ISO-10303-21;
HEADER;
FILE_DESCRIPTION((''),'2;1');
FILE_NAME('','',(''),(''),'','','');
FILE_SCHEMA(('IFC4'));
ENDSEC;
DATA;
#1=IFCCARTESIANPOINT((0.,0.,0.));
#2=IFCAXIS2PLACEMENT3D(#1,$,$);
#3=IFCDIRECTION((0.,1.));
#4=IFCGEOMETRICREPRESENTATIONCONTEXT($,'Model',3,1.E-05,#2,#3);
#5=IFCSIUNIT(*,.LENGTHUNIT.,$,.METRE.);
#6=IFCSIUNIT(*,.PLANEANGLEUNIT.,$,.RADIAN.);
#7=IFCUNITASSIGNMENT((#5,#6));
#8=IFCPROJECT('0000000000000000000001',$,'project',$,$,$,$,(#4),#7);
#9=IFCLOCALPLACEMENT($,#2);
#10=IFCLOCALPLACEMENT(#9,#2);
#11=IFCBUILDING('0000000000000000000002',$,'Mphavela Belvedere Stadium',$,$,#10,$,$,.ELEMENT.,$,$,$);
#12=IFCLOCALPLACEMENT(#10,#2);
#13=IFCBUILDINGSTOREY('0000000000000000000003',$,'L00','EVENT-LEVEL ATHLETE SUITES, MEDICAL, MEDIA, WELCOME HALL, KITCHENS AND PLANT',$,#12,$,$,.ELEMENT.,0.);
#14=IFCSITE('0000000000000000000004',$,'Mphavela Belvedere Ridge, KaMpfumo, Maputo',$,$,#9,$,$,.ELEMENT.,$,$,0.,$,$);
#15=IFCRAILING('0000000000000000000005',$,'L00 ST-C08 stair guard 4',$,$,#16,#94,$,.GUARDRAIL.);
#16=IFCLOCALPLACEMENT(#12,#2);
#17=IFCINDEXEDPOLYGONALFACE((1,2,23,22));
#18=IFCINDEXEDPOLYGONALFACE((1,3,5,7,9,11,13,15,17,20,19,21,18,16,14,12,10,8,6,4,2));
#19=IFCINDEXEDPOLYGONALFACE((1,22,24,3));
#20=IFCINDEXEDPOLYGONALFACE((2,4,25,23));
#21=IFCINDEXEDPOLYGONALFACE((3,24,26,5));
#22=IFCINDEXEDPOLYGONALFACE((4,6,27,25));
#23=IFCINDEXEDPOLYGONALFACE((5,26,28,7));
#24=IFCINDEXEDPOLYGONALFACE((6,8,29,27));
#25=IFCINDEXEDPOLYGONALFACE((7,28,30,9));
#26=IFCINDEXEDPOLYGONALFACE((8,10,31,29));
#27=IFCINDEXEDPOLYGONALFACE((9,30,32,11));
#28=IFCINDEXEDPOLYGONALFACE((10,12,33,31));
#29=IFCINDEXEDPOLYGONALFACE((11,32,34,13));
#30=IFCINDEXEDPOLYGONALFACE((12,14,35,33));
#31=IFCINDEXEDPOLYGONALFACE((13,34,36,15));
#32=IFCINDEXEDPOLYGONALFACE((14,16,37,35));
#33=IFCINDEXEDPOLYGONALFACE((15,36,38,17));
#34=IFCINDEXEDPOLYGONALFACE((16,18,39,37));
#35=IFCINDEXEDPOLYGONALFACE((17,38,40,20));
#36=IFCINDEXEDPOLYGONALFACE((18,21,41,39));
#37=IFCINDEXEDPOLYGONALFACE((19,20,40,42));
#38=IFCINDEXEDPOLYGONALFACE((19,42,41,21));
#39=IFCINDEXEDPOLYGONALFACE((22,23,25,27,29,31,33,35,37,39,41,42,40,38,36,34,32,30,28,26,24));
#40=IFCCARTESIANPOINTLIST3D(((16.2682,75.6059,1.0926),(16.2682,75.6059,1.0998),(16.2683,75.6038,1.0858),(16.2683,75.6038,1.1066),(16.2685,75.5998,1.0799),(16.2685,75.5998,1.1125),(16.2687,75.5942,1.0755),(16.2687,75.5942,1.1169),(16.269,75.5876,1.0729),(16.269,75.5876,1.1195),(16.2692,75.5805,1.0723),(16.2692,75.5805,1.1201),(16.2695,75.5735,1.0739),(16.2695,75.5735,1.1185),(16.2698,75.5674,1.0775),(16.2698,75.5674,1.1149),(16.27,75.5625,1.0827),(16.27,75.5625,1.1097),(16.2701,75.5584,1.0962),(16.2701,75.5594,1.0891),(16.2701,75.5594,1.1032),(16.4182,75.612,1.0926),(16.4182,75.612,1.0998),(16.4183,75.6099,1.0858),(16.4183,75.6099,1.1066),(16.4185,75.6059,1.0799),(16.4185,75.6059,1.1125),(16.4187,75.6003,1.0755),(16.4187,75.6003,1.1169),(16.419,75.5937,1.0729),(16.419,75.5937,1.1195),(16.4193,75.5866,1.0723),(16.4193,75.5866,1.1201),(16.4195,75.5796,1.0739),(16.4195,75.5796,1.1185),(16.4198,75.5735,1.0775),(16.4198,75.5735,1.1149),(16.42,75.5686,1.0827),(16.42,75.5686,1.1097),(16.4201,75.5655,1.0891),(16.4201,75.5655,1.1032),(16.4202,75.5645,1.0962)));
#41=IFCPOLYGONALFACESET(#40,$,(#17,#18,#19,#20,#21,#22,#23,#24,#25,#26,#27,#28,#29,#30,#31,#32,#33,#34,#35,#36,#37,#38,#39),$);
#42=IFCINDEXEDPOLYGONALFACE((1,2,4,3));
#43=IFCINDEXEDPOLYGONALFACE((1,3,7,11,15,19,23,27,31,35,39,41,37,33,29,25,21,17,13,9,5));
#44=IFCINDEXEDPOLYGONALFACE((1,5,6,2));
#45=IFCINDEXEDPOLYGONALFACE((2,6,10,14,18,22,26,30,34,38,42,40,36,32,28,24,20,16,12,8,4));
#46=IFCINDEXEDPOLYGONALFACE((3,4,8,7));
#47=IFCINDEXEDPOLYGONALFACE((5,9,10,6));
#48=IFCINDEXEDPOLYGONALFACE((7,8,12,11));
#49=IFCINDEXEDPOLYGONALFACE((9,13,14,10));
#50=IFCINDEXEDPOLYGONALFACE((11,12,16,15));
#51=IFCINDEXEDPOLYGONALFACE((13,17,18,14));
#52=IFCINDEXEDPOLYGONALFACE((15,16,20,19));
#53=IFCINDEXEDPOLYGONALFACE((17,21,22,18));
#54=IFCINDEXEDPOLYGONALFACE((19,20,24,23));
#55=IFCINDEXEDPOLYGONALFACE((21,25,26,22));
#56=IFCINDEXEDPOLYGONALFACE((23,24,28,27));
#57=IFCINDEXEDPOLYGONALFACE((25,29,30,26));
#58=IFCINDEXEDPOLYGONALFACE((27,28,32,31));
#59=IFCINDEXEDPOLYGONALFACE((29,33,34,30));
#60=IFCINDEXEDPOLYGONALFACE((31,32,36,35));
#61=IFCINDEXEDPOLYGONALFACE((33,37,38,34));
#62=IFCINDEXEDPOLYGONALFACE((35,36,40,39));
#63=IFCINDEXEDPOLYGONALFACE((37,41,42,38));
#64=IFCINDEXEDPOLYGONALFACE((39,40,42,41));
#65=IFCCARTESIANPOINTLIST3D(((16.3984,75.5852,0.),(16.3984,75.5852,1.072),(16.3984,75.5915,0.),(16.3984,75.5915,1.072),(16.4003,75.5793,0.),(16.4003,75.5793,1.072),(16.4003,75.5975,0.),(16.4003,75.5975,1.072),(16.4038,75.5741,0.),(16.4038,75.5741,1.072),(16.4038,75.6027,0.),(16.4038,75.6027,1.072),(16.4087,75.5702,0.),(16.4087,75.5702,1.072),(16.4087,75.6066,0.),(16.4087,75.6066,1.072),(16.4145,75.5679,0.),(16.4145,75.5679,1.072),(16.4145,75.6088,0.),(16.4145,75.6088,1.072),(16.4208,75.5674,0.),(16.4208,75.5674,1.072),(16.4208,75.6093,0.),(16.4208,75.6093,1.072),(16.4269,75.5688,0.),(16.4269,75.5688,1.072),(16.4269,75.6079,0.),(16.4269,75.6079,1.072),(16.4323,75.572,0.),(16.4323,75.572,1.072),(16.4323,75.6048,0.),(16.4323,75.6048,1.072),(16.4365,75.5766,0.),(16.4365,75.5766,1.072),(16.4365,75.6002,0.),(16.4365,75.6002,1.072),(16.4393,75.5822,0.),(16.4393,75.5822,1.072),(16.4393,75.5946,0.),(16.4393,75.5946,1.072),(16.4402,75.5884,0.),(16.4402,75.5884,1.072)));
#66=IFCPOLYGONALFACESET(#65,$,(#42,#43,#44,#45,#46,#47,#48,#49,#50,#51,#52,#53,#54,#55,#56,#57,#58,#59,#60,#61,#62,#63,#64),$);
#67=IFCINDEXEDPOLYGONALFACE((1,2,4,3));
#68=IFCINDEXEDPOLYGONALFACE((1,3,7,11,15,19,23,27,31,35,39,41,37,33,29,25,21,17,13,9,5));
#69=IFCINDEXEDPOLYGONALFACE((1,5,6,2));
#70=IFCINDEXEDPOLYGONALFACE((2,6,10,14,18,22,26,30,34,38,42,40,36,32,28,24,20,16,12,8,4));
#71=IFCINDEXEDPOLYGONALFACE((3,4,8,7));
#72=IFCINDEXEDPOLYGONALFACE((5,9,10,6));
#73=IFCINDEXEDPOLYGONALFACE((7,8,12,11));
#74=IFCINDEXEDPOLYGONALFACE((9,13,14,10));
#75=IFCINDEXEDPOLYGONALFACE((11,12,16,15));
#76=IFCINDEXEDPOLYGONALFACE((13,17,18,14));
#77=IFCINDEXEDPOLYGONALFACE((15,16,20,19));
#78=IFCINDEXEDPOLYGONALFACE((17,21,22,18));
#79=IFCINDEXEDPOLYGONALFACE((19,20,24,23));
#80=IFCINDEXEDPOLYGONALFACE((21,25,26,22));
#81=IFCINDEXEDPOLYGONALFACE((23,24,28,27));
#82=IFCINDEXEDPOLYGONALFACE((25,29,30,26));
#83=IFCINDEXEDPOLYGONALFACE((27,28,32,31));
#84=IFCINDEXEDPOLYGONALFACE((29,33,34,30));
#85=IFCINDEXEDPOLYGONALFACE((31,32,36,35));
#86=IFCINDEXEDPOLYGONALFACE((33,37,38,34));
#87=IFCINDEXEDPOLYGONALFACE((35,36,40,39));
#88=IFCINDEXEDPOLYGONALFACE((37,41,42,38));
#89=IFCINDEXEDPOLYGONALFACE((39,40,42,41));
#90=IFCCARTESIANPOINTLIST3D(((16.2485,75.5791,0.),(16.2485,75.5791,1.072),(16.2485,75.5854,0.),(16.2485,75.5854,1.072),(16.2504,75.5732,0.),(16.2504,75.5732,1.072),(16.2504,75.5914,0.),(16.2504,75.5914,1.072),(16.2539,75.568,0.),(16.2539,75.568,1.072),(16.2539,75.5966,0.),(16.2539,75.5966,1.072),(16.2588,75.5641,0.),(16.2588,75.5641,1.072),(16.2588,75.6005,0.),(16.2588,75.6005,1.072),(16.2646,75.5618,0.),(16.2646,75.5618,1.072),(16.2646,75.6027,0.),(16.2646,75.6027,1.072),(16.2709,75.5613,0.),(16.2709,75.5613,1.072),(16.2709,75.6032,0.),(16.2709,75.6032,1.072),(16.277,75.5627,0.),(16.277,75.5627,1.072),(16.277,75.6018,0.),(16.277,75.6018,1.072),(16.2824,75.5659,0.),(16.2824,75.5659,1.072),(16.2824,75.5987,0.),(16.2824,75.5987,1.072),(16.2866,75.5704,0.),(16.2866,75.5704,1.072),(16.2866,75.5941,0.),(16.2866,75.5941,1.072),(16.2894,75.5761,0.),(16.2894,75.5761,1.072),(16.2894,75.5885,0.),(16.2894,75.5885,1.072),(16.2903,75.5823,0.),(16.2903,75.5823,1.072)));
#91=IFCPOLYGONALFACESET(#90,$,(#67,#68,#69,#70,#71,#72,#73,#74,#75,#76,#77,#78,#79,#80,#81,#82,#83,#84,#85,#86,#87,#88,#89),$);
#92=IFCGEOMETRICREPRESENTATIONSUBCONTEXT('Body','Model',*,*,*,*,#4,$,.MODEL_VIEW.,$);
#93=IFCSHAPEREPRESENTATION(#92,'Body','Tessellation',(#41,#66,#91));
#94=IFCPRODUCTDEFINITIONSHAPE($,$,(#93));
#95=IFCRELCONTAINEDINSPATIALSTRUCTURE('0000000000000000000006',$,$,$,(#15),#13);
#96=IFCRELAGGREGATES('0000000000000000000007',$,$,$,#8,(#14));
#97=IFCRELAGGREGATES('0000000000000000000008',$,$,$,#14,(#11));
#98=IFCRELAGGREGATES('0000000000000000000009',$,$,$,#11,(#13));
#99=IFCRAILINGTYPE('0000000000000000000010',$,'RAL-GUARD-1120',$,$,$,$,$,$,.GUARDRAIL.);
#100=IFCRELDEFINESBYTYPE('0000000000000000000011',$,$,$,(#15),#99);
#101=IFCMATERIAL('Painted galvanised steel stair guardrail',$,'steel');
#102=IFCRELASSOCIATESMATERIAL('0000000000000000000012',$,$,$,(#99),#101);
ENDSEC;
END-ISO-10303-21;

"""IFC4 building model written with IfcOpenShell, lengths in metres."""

from ifc_helpers import new_model, si_unit, direction, frame, origin, origin_2d, place, context, subcontext, project, spatial, circle, extrude, material, type_object, element, save


model = new_model("IFC4")

# Units and contexts
model_context = context("Model", 3, precision=1e-05, world=origin(), true_north=direction((0.0, 1.0)))
body_context = subcontext(model_context, "Body", "Model", "MODEL_VIEW")
ifc_project = project(units=[si_unit("LENGTHUNIT", "METRE"), si_unit("PLANEANGLEUNIT", "RADIAN")], contexts=[model_context])

# Site, building, storey
site_placement = place(None, origin())
site = spatial("IfcSite", under=ifc_project, at=site_placement, Name="Mphavela Belvedere Ridge, KaMpfumo, Maputo", CompositionType="ELEMENT", RefElevation=0.0)
building_placement = place(site_placement, origin())
building = spatial("IfcBuilding", under=site, at=building_placement, Name="Mphavela Belvedere Stadium", CompositionType="ELEMENT")
storey_placement = place(building_placement, origin())
storey = spatial("IfcBuildingStorey", under=building, at=storey_placement, Name="L00", Description="EVENT-LEVEL ATHLETE SUITES, MEDICAL, MEDIA, WELCOME HALL, KITCHENS AND PLANT", CompositionType="ELEMENT", Elevation=0.0)

# Railing
ifc_material_1 = material(Name="Painted galvanised steel stair guardrail", Category="steel")
railing_type_1 = type_object("IfcRailingType", Name="RAL-GUARD-1120", PredefinedType="GUARDRAIL", material=ifc_material_1)
railing_1_placement = place(storey_placement, frame((16.4192, 75.5884, 0.0)))
element("IfcRailing", 1, at=railing_1_placement, inside=storey, type_object=railing_type_1, Name="L00 ST-C08 stair guard 4", PredefinedType="GUARDRAIL", context=body_context, shape_type="SweptSolid", body=[
    extrude(circle(Radius=0.0239, at=origin_2d()), frame((0.0, 0.0, 1.0962), z_axis=(-0.999172, -0.040683, 0.0), x_axis=(0.040683, -0.999172, 0.0)), (0.0, 0.0, 1.0), 0.1501),
    extrude(circle(Radius=0.021, at=origin_2d()), origin(), (0.0, 0.0, 1.0), 1.072),
    extrude(circle(Radius=0.021, at=origin_2d()), frame((-0.1499, -0.0061, 0.0)), (0.0, 0.0, 1.0), 1.072),
])

save(model, "model.ifc")
